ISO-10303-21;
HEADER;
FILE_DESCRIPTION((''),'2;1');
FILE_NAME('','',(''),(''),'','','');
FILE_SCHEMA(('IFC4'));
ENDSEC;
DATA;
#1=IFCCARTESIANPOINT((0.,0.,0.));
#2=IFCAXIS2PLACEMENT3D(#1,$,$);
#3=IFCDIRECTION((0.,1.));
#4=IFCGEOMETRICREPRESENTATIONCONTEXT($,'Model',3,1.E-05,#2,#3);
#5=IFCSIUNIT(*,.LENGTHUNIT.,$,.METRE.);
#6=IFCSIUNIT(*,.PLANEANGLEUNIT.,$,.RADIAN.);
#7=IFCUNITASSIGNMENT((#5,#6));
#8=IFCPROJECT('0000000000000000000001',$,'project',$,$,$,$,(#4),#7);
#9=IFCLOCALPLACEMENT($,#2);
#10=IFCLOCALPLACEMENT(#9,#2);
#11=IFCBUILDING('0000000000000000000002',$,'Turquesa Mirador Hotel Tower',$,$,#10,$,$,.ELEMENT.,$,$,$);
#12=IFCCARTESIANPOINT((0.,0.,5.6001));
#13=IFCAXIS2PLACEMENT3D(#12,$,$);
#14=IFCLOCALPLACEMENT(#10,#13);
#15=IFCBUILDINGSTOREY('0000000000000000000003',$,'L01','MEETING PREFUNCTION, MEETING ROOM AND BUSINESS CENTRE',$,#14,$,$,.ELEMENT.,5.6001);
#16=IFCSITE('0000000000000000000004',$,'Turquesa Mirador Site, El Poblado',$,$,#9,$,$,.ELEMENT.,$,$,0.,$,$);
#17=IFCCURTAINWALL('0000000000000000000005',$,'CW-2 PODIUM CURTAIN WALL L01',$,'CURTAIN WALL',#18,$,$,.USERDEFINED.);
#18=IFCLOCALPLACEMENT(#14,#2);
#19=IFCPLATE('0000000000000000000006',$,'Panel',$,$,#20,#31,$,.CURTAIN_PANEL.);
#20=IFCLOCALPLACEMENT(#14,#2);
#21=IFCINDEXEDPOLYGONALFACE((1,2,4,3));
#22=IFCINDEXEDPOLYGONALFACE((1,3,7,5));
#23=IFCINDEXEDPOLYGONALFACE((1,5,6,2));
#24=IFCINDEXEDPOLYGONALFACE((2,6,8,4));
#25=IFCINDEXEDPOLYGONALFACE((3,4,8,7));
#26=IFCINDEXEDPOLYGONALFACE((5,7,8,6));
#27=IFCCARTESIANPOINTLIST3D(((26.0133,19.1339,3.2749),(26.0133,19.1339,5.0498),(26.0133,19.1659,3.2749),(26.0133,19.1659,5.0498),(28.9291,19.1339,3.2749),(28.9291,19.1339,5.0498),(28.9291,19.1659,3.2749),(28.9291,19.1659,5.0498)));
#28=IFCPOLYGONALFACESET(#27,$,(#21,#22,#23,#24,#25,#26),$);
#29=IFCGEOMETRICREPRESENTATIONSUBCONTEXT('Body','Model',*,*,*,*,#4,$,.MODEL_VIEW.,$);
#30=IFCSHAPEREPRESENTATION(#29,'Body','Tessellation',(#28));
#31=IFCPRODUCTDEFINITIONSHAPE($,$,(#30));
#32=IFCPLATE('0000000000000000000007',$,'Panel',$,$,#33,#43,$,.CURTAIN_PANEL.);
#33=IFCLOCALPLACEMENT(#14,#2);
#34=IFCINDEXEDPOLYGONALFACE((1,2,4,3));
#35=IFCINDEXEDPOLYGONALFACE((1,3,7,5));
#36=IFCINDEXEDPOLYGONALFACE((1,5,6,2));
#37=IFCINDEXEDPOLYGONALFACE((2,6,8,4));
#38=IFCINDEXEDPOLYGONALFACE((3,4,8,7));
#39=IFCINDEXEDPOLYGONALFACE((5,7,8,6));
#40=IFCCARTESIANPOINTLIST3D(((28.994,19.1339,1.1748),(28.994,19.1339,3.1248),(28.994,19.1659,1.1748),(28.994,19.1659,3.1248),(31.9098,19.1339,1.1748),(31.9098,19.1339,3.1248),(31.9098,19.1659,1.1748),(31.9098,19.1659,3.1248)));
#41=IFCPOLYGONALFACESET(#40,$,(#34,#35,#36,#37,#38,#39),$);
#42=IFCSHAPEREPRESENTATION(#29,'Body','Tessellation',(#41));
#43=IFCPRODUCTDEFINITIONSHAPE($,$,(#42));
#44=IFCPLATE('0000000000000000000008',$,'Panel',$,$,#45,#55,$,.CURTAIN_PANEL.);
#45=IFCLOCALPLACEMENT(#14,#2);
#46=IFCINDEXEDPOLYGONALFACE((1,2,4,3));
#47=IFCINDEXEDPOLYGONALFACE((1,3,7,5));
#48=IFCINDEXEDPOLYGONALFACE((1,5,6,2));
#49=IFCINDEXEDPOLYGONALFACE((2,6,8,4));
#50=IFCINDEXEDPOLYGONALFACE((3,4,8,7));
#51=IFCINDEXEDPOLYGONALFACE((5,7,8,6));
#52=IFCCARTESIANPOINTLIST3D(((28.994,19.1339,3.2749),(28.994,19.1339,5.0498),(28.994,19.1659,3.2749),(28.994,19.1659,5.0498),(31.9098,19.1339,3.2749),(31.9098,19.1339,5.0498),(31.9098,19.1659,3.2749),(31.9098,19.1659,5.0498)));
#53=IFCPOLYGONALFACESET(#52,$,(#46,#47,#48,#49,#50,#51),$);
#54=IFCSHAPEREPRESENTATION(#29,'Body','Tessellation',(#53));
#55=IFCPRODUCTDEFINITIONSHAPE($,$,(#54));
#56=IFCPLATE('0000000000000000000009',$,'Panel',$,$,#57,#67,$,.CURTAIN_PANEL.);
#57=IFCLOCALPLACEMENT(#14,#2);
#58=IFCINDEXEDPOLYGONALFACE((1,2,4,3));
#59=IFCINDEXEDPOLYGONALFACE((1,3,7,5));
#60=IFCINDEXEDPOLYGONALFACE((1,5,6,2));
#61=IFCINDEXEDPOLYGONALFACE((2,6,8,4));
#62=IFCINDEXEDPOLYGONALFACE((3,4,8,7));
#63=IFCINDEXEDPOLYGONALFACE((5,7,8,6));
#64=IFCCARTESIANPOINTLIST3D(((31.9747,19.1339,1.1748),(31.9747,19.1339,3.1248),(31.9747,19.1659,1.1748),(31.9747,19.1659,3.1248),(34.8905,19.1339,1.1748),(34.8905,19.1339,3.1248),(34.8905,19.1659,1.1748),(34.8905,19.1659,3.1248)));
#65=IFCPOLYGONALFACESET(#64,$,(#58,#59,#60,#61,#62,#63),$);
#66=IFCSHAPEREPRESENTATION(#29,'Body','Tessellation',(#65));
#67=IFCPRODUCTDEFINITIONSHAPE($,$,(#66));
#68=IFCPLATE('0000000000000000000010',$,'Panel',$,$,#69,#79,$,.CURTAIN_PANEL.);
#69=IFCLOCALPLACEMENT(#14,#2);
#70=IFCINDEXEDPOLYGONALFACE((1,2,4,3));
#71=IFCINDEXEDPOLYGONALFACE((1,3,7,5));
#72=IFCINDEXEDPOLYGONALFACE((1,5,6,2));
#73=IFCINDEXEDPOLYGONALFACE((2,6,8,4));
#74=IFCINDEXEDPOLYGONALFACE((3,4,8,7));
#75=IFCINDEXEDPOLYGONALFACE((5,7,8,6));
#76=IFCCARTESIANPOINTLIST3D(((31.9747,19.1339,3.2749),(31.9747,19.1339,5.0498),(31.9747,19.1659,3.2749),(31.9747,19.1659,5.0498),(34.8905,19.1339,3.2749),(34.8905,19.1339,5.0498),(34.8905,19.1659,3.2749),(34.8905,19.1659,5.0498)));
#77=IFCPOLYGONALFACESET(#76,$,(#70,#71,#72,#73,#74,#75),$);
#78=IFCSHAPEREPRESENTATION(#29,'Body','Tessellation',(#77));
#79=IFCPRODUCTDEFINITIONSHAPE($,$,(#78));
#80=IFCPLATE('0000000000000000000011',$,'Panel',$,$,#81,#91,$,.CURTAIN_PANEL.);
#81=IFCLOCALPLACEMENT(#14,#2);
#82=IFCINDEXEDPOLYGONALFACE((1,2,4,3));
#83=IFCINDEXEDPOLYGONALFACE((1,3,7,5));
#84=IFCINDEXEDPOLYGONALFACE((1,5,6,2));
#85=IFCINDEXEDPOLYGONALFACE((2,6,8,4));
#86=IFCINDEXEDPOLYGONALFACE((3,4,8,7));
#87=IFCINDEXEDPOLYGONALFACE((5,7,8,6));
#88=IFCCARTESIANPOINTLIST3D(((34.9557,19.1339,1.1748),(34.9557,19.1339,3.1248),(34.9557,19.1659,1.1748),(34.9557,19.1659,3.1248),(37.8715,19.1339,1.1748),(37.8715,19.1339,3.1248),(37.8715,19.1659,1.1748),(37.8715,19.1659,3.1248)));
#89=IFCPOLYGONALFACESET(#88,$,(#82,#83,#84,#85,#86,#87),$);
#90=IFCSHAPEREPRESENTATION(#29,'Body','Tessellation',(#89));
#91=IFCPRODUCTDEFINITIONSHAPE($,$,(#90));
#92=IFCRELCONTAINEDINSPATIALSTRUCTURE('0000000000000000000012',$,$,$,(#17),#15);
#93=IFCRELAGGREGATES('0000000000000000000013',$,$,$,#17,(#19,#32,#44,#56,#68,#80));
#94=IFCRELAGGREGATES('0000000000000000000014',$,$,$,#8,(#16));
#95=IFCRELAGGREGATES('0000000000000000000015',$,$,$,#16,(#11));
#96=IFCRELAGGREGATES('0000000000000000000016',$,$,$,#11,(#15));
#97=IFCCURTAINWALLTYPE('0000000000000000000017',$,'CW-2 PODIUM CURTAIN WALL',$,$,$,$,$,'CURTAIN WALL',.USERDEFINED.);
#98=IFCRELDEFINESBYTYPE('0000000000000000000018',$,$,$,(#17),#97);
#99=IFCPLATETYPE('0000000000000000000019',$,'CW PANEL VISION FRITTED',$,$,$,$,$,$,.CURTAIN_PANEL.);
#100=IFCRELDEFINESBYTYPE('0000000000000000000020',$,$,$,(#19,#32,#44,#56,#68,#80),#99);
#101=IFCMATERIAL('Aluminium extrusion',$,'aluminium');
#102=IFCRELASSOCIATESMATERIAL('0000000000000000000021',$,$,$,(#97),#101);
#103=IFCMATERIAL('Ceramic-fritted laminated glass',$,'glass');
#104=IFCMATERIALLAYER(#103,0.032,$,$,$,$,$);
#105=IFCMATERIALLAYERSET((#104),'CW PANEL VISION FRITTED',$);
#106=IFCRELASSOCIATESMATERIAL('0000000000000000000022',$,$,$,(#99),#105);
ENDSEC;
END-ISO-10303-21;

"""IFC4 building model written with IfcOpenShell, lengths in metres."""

from ifc_helpers import new_model, si_unit, direction, frame, origin, origin_2d, place, context, subcontext, project, spatial, rectangle, extrude, material, layer, layer_set, type_object, element, aggregate, save


model = new_model("IFC4")

# Units and contexts
model_context = context("Model", 3, precision=1e-05, world=origin(), true_north=direction((0.0, 1.0)))
body_context = subcontext(model_context, "Body", "Model", "MODEL_VIEW")
ifc_project = project(units=[si_unit("LENGTHUNIT", "METRE"), si_unit("PLANEANGLEUNIT", "RADIAN")], contexts=[model_context])

# Site, building, storey
site_placement = place(None, origin())
site = spatial("IfcSite", under=ifc_project, at=site_placement, Name="Turquesa Mirador Site, El Poblado", CompositionType="ELEMENT", RefElevation=0.0)
building_placement = place(site_placement, origin())
building = spatial("IfcBuilding", under=site, at=building_placement, Name="Turquesa Mirador Hotel Tower", CompositionType="ELEMENT")
storey_placement = place(building_placement, frame((0.0, 0.0, 5.6001)))
storey = spatial("IfcBuildingStorey", under=building, at=storey_placement, Name="L01", Description="MEETING PREFUNCTION, MEETING ROOM AND BUSINESS CENTRE", CompositionType="ELEMENT", Elevation=5.6001)

# Curtain wall, plates
ifc_material_1 = material(Name="Aluminium extrusion", Category="aluminium")
curtain_wall_type = type_object("IfcCurtainWallType", Name="CW-2 PODIUM CURTAIN WALL", ElementType="CURTAIN WALL", PredefinedType="USERDEFINED", material=ifc_material_1)
curtain_wall_placement = place(storey_placement, origin())
curtain_wall = element("IfcCurtainWall", 1, at=curtain_wall_placement, inside=storey, type_object=curtain_wall_type, Name="CW-2 PODIUM CURTAIN WALL L01", ObjectType="CURTAIN WALL", PredefinedType="USERDEFINED")
ifc_material_2 = material(Name="Ceramic-fritted laminated glass", Category="glass")
ifc_layer_1 = layer(ifc_material_2, 0.032)
ifc_layer_set_1 = layer_set([ifc_layer_1], Name="CW PANEL VISION FRITTED")
plate_type_1 = type_object("IfcPlateType", Name="CW PANEL VISION FRITTED", PredefinedType="CURTAIN_PANEL", material=ifc_layer_set_1)
plate_1_placement = place(storey_placement, frame((27.4712, 19.1499, 3.2749), z_axis=(0.0, 0.0, 1.0), x_axis=(1.0, 0.0, 0.0)))
plate_1 = element("IfcPlate", 2, at=plate_1_placement, type_object=plate_type_1, Name="Panel", PredefinedType="CURTAIN_PANEL", context=body_context, shape_type="SweptSolid", body=[
    extrude(rectangle(XDim=2.9158, YDim=0.032, at=origin_2d()), origin(), (0.0, 0.0, 1.0), 1.7749),
])
plate_2_placement = place(storey_placement, frame((30.4519, 19.1499, 1.1748), z_axis=(0.0, 0.0, 1.0), x_axis=(1.0, 0.0, 0.0)))
plate_2 = element("IfcPlate", 3, at=plate_2_placement, type_object=plate_type_1, Name="Panel", PredefinedType="CURTAIN_PANEL", context=body_context, shape_type="SweptSolid", body=[
    extrude(rectangle(XDim=2.9158, YDim=0.032, at=origin_2d()), origin(), (0.0, 0.0, 1.0), 1.95),
])
plate_3_placement = place(storey_placement, frame((30.4519, 19.1499, 3.2749), z_axis=(0.0, 0.0, 1.0), x_axis=(1.0, 0.0, 0.0)))
plate_3 = element("IfcPlate", 4, at=plate_3_placement, type_object=plate_type_1, Name="Panel", PredefinedType="CURTAIN_PANEL", context=body_context, shape_type="SweptSolid", body=[
    extrude(rectangle(XDim=2.9158, YDim=0.032, at=origin_2d()), origin(), (0.0, 0.0, 1.0), 1.7749),
])
plate_4_placement = place(storey_placement, frame((33.4326, 19.1499, 1.1748), z_axis=(0.0, 0.0, 1.0), x_axis=(1.0, 0.0, 0.0)))
plate_4 = element("IfcPlate", 5, at=plate_4_placement, type_object=plate_type_1, Name="Panel", PredefinedType="CURTAIN_PANEL", context=body_context, shape_type="SweptSolid", body=[
    extrude(rectangle(XDim=2.9158, YDim=0.032, at=origin_2d()), origin(), (0.0, 0.0, 1.0), 1.95),
])
plate_5_placement = place(storey_placement, frame((33.4326, 19.1499, 3.2749), z_axis=(0.0, 0.0, 1.0), x_axis=(1.0, 0.0, 0.0)))
plate_5 = element("IfcPlate", 6, at=plate_5_placement, type_object=plate_type_1, Name="Panel", PredefinedType="CURTAIN_PANEL", context=body_context, shape_type="SweptSolid", body=[
    extrude(rectangle(XDim=2.9158, YDim=0.032, at=origin_2d()), origin(), (0.0, 0.0, 1.0), 1.7749),
])
plate_6_placement = place(storey_placement, frame((36.4136, 19.1499, 1.1748), z_axis=(0.0, 0.0, 1.0), x_axis=(1.0, 0.0, 0.0)))
plate_6 = element("IfcPlate", 7, at=plate_6_placement, type_object=plate_type_1, Name="Panel", PredefinedType="CURTAIN_PANEL", context=body_context, shape_type="SweptSolid", body=[
    extrude(rectangle(XDim=2.9158, YDim=0.032, at=origin_2d()), origin(), (0.0, 0.0, 1.0), 1.95),
])
aggregate(curtain_wall, [plate_1, plate_2, plate_3, plate_4, plate_5, plate_6])

save(model, "model.ifc")
